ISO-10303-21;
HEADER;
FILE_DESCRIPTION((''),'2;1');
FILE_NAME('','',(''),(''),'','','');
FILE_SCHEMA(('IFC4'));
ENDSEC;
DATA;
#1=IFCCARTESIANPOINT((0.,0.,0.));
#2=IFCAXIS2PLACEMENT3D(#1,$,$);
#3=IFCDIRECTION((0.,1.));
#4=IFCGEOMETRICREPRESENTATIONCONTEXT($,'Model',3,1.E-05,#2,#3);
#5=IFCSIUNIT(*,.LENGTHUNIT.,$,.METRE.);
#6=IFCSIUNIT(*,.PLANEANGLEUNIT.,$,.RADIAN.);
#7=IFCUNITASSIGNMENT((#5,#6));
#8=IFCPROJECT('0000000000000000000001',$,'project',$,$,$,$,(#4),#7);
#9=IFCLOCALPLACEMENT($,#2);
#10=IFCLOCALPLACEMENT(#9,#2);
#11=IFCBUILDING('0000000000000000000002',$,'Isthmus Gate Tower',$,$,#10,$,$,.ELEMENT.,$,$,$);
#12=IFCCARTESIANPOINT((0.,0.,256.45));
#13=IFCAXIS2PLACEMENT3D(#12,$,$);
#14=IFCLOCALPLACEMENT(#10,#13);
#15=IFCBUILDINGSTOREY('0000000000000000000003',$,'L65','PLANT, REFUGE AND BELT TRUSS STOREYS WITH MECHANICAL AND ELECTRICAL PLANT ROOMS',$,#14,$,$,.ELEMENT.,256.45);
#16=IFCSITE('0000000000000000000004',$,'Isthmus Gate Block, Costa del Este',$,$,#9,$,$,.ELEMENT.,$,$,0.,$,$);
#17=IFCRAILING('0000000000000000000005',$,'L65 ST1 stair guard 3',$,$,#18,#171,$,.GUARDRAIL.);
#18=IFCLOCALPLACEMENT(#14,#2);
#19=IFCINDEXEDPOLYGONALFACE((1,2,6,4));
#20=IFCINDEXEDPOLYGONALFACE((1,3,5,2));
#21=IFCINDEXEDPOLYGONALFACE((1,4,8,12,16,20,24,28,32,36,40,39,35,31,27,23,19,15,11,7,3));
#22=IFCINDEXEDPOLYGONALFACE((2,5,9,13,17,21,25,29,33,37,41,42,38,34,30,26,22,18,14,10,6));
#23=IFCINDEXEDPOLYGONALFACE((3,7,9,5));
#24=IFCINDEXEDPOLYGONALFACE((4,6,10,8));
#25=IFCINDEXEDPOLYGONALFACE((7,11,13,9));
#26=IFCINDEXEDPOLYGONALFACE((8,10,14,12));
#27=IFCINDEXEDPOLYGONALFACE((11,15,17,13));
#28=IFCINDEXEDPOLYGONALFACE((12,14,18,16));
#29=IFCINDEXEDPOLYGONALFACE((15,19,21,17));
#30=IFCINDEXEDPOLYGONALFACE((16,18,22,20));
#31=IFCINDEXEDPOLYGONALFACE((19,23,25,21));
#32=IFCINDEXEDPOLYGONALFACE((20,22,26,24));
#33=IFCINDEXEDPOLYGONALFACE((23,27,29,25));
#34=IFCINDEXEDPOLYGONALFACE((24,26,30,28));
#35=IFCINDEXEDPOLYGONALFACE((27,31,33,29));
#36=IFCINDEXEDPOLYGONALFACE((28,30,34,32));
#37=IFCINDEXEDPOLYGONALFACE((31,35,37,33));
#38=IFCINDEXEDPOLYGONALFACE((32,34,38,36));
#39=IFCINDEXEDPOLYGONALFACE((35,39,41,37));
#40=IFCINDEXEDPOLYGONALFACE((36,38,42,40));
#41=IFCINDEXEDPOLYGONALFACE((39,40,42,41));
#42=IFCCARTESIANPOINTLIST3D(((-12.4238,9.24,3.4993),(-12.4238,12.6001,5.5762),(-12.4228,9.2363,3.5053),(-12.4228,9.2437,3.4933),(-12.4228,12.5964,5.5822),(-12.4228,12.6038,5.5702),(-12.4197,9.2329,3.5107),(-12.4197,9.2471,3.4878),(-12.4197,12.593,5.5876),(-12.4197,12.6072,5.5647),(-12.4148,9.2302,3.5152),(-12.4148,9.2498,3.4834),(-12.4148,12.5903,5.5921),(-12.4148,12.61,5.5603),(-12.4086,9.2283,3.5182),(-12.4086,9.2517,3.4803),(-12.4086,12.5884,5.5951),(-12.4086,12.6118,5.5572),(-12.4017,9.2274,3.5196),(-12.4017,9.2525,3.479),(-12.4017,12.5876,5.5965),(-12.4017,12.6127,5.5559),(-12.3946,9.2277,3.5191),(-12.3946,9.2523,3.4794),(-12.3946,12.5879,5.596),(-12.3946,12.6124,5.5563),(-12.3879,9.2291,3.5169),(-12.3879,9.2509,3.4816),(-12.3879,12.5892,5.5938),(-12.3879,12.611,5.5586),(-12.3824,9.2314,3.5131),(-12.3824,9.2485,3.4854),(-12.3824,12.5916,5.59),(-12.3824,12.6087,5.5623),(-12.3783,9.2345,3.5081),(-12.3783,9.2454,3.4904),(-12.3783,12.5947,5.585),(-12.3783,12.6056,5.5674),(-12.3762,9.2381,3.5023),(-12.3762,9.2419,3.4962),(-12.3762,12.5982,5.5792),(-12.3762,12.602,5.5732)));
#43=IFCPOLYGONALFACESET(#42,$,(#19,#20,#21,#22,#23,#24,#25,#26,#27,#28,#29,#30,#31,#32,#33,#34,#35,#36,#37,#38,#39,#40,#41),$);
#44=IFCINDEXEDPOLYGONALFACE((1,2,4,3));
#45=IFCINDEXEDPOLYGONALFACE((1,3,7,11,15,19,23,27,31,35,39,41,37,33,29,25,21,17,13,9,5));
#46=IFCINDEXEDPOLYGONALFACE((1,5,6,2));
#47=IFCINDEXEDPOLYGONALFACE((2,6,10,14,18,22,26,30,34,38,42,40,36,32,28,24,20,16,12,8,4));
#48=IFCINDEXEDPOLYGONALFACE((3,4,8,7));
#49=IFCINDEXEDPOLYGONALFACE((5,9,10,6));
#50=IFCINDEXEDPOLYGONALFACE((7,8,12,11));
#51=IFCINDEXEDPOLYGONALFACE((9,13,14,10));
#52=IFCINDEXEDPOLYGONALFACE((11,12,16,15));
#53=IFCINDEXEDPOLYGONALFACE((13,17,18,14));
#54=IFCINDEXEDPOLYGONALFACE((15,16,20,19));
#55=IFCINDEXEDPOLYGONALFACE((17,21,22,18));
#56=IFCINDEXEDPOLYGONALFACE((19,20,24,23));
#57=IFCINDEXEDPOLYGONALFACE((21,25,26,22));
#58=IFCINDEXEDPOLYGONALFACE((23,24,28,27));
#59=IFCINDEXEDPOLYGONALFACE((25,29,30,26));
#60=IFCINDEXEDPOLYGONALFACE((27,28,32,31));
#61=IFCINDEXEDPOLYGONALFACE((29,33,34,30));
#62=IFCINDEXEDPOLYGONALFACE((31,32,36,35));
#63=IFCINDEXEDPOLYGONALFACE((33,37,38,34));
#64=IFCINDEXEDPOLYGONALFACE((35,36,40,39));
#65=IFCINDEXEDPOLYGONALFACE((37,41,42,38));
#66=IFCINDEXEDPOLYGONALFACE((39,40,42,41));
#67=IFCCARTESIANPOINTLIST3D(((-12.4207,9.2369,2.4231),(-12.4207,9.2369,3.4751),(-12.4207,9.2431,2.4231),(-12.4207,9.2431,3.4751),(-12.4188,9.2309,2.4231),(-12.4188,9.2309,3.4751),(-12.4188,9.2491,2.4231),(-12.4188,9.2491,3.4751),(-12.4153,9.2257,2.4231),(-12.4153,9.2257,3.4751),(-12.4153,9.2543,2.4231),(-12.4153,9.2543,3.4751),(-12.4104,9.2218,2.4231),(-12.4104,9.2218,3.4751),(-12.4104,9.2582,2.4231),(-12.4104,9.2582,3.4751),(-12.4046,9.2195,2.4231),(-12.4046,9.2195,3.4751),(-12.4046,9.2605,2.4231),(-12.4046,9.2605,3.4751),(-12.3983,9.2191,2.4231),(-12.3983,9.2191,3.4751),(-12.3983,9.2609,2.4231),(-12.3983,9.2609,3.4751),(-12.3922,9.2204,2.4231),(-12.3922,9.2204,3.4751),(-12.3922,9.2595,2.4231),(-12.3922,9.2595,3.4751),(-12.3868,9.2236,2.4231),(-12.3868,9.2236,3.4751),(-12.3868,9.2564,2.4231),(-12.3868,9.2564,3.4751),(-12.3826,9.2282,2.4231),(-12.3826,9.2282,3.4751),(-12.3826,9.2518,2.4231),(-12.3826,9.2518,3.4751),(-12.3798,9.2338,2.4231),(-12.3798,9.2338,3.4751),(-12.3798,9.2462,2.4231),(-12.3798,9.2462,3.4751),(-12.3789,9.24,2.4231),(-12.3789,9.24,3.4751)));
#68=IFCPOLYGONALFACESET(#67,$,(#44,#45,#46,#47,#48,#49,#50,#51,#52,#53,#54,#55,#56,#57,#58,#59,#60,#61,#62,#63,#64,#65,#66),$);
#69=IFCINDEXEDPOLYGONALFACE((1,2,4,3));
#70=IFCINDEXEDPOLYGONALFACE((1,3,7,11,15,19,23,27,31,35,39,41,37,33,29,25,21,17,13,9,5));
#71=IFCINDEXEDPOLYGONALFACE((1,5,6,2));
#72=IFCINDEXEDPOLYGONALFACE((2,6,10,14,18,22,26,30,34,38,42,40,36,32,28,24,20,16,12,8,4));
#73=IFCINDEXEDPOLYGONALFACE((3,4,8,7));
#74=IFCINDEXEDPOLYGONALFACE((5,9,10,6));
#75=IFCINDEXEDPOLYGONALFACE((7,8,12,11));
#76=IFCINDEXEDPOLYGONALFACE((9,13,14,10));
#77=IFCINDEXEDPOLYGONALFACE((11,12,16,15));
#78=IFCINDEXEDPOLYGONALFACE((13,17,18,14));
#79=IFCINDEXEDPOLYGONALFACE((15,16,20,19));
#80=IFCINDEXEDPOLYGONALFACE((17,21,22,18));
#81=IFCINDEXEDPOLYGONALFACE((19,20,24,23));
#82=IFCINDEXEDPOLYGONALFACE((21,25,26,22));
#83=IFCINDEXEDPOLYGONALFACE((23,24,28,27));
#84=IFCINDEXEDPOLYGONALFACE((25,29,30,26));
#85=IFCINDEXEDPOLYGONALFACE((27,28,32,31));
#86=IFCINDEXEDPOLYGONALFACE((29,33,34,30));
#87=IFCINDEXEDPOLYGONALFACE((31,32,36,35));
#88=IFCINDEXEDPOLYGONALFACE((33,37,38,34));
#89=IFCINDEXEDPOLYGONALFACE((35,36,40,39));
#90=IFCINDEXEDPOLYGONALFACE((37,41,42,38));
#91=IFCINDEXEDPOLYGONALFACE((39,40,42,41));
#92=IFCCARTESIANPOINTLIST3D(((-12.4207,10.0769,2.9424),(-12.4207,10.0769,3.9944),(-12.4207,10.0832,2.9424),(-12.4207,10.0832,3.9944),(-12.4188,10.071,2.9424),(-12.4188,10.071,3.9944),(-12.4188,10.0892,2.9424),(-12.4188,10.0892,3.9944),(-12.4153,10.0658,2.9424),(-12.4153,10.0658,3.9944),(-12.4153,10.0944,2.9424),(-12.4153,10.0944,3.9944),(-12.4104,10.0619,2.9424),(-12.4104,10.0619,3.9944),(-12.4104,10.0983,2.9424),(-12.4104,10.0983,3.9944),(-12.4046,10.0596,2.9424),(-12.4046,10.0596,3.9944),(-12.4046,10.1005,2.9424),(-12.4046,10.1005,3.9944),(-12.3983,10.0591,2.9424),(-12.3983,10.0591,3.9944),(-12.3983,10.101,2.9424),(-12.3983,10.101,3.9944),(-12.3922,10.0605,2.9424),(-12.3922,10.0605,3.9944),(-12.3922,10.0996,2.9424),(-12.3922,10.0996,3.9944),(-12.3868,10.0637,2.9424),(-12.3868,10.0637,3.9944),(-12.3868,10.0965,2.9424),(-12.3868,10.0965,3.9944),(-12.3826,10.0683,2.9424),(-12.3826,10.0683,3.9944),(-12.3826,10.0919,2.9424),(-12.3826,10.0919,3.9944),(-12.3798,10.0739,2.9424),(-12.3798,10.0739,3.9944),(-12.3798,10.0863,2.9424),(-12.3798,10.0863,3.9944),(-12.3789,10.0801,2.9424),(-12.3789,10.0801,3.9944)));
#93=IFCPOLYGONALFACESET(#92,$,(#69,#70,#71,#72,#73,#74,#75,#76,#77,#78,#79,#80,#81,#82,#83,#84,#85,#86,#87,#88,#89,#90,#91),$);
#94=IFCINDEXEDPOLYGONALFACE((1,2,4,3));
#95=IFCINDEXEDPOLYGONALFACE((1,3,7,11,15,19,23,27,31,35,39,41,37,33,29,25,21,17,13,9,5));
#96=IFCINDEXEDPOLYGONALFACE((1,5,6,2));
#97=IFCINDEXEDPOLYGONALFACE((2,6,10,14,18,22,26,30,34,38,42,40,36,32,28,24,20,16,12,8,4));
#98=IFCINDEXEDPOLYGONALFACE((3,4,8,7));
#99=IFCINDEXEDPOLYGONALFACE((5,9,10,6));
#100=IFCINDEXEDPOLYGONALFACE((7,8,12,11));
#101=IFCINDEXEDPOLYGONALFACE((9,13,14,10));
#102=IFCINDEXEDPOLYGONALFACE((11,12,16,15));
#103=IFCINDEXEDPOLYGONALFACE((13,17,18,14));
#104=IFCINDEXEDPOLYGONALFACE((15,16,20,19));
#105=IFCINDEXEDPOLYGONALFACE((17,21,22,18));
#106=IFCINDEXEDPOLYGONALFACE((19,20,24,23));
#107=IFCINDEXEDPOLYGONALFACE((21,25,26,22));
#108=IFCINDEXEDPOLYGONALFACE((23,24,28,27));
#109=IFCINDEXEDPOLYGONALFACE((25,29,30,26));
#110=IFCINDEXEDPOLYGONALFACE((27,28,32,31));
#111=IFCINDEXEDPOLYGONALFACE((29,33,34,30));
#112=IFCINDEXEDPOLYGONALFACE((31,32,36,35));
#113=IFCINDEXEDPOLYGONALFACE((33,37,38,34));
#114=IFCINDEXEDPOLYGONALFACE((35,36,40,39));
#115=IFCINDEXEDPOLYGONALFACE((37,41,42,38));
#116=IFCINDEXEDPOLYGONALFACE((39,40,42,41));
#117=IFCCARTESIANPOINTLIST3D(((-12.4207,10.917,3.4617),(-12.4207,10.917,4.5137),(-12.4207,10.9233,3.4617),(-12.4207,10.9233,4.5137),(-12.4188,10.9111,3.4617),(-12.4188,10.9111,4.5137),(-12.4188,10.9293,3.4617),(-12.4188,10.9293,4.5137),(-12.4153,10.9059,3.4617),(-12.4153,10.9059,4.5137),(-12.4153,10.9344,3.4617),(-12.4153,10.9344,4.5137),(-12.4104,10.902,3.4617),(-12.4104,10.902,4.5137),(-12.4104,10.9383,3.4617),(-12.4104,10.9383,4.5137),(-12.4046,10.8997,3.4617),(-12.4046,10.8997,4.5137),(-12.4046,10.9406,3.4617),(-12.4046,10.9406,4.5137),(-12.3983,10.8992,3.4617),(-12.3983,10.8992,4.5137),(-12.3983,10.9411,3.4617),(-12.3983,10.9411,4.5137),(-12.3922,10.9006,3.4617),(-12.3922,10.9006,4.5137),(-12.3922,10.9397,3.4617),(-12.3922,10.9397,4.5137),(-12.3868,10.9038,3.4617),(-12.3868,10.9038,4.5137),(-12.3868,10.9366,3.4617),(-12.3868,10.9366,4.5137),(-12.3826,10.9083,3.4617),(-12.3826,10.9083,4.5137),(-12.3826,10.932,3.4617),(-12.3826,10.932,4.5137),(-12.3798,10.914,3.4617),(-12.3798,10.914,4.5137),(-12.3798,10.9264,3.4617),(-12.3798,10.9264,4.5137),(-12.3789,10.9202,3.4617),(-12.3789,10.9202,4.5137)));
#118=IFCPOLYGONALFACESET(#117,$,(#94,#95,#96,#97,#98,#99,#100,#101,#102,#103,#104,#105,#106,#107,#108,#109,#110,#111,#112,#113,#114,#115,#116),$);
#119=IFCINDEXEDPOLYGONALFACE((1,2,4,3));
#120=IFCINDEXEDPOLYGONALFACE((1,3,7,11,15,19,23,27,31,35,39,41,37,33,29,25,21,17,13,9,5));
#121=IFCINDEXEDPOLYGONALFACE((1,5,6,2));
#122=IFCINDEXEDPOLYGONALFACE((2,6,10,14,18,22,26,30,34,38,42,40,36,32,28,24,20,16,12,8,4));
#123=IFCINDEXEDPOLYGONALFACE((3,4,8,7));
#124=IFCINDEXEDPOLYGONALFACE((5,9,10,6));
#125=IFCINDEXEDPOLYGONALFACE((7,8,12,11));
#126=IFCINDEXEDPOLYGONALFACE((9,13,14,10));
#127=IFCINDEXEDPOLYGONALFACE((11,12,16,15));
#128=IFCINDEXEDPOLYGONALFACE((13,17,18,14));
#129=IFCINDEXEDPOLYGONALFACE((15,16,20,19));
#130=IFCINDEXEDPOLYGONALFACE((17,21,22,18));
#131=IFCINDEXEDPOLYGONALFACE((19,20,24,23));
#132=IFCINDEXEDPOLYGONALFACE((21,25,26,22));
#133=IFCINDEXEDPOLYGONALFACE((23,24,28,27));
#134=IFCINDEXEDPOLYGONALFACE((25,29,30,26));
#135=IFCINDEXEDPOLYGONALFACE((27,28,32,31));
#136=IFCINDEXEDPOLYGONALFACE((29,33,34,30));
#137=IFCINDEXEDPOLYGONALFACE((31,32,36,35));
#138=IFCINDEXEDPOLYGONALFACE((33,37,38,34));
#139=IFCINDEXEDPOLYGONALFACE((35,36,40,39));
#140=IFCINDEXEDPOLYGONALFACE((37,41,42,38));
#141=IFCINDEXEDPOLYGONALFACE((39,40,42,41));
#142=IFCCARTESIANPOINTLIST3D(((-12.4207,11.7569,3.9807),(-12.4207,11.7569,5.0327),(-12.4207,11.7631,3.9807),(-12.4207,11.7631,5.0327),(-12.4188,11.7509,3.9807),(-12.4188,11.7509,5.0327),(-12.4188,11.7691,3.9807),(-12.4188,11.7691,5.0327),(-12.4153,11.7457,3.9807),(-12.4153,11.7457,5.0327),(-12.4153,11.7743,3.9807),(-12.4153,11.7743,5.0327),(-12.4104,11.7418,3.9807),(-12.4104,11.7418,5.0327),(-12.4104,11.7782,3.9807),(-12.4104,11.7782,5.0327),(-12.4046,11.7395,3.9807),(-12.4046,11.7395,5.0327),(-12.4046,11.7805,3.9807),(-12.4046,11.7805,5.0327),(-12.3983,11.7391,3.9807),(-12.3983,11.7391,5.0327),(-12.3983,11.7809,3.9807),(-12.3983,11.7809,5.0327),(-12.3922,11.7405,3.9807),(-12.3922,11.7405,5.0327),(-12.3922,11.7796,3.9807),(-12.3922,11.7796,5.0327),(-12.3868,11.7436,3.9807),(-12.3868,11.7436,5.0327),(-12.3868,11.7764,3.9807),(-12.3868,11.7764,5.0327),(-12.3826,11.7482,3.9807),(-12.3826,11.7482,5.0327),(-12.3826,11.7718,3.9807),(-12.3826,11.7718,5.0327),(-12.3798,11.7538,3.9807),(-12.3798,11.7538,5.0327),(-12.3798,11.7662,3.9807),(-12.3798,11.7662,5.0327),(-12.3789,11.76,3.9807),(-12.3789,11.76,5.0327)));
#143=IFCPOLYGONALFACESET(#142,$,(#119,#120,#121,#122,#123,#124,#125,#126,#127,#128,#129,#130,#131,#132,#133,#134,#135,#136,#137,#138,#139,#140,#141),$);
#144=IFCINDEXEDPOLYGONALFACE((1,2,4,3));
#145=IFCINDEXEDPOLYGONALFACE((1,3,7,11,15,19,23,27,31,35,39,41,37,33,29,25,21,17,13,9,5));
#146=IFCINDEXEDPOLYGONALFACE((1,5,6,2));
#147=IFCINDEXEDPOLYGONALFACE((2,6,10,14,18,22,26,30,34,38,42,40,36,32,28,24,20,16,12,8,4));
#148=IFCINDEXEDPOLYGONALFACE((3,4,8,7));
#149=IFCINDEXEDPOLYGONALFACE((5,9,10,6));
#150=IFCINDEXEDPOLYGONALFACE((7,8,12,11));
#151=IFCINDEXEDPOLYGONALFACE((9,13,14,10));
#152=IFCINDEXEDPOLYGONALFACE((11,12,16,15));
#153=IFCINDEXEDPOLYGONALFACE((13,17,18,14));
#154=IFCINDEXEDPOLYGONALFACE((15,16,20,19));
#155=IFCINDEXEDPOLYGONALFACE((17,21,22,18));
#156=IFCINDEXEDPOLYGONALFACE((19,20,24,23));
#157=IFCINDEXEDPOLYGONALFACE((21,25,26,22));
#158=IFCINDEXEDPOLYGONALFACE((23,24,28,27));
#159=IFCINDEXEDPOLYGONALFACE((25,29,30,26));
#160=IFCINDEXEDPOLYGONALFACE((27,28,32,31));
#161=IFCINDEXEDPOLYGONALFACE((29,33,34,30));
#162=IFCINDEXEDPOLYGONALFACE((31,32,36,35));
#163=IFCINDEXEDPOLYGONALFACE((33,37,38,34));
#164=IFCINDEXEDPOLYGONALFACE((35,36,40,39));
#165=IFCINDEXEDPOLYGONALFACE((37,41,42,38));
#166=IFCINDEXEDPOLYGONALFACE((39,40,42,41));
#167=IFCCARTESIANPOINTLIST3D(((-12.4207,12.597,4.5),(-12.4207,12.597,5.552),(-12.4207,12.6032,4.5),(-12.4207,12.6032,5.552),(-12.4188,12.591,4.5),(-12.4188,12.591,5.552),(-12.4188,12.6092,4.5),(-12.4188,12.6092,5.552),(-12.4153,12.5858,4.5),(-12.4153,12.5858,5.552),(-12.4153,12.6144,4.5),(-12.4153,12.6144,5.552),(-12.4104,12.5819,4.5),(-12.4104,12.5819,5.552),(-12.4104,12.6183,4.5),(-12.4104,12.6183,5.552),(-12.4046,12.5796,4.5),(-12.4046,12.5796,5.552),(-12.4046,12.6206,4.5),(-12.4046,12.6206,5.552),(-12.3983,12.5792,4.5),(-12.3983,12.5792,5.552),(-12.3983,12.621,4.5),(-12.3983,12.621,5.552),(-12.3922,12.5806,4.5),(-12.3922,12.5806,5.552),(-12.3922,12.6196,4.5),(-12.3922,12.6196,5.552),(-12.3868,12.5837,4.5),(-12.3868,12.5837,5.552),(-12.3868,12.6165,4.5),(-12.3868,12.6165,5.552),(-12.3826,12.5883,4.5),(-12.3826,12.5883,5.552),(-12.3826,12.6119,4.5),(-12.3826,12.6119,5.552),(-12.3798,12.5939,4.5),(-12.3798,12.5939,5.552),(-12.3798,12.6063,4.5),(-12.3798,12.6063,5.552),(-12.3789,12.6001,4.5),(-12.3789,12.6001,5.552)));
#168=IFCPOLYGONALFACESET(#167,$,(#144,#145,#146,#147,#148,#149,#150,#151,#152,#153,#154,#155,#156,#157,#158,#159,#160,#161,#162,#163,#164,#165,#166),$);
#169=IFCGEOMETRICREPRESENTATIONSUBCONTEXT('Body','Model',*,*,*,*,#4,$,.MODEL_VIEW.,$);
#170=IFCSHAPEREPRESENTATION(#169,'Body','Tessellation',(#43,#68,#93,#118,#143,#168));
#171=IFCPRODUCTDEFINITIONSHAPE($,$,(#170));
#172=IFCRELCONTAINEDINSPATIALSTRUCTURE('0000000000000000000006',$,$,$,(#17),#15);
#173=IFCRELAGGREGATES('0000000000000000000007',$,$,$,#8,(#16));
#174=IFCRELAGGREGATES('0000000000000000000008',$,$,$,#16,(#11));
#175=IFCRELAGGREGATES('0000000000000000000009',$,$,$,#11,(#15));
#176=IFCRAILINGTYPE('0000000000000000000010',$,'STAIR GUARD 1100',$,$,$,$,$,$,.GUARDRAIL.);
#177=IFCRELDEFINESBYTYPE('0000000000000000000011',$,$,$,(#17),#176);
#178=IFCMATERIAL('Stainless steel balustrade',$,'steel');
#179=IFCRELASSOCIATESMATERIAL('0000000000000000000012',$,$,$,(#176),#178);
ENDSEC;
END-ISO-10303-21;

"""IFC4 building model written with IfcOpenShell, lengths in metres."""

from ifc_helpers import new_model, si_unit, direction, frame, origin, origin_2d, place, context, subcontext, project, spatial, circle, extrude, material, type_object, element, save


model = new_model("IFC4")

# Units and contexts
model_context = context("Model", 3, precision=1e-05, world=origin(), true_north=direction((0.0, 1.0)))
body_context = subcontext(model_context, "Body", "Model", "MODEL_VIEW")
ifc_project = project(units=[si_unit("LENGTHUNIT", "METRE"), si_unit("PLANEANGLEUNIT", "RADIAN")], contexts=[model_context])

# Site, building, storey
site_placement = place(None, origin())
site = spatial("IfcSite", under=ifc_project, at=site_placement, Name="Isthmus Gate Block, Costa del Este", CompositionType="ELEMENT", RefElevation=0.0)
building_placement = place(site_placement, origin())
building = spatial("IfcBuilding", under=site, at=building_placement, Name="Isthmus Gate Tower", CompositionType="ELEMENT")
storey_placement = place(building_placement, frame((0.0, 0.0, 256.45)))
storey = spatial("IfcBuildingStorey", under=building, at=storey_placement, Name="L65", Description="PLANT, REFUGE AND BELT TRUSS STOREYS WITH MECHANICAL AND ELECTRICAL PLANT ROOMS", CompositionType="ELEMENT", Elevation=256.45)

# Railing
ifc_material_1 = material(Name="Stainless steel balustrade", Category="steel")
railing_type_1 = type_object("IfcRailingType", Name="STAIR GUARD 1100", PredefinedType="GUARDRAIL", material=ifc_material_1)
railing_1_placement = place(storey_placement, frame((-12.3999, 9.24, 2.4231)))
element("IfcRailing", 1, at=railing_1_placement, inside=storey, type_object=railing_type_1, Name="L65 ST1 stair guard 3", PredefinedType="GUARDRAIL", context=body_context, shape_type="SweptSolid", body=[
    extrude(circle(Radius=0.0239, at=origin_2d()), frame((0.0, 0.0, 1.0762), z_axis=(0.0, 0.850623, 0.525776), x_axis=(-1.0, 0.0, 0.0)), (0.0, 0.0, 1.0), 3.9502),
    extrude(circle(Radius=0.021, at=origin_2d()), origin(), (0.0, 0.0, 1.0), 1.052),
    extrude(circle(Radius=0.021, at=origin_2d()), frame((0.0, 0.8401, 0.5193)), (0.0, 0.0, 1.0), 1.052),
    extrude(circle(Radius=0.021, at=origin_2d()), frame((0.0, 1.6802, 1.0386)), (0.0, 0.0, 1.0), 1.052),
    extrude(circle(Radius=0.021, at=origin_2d()), frame((0.0, 2.52, 1.5576)), (0.0, 0.0, 1.0), 1.052),
    extrude(circle(Radius=0.021, at=origin_2d()), frame((0.0, 3.3601, 2.0769)), (0.0, 0.0, 1.0), 1.052),
])

save(model, "model.ifc")
